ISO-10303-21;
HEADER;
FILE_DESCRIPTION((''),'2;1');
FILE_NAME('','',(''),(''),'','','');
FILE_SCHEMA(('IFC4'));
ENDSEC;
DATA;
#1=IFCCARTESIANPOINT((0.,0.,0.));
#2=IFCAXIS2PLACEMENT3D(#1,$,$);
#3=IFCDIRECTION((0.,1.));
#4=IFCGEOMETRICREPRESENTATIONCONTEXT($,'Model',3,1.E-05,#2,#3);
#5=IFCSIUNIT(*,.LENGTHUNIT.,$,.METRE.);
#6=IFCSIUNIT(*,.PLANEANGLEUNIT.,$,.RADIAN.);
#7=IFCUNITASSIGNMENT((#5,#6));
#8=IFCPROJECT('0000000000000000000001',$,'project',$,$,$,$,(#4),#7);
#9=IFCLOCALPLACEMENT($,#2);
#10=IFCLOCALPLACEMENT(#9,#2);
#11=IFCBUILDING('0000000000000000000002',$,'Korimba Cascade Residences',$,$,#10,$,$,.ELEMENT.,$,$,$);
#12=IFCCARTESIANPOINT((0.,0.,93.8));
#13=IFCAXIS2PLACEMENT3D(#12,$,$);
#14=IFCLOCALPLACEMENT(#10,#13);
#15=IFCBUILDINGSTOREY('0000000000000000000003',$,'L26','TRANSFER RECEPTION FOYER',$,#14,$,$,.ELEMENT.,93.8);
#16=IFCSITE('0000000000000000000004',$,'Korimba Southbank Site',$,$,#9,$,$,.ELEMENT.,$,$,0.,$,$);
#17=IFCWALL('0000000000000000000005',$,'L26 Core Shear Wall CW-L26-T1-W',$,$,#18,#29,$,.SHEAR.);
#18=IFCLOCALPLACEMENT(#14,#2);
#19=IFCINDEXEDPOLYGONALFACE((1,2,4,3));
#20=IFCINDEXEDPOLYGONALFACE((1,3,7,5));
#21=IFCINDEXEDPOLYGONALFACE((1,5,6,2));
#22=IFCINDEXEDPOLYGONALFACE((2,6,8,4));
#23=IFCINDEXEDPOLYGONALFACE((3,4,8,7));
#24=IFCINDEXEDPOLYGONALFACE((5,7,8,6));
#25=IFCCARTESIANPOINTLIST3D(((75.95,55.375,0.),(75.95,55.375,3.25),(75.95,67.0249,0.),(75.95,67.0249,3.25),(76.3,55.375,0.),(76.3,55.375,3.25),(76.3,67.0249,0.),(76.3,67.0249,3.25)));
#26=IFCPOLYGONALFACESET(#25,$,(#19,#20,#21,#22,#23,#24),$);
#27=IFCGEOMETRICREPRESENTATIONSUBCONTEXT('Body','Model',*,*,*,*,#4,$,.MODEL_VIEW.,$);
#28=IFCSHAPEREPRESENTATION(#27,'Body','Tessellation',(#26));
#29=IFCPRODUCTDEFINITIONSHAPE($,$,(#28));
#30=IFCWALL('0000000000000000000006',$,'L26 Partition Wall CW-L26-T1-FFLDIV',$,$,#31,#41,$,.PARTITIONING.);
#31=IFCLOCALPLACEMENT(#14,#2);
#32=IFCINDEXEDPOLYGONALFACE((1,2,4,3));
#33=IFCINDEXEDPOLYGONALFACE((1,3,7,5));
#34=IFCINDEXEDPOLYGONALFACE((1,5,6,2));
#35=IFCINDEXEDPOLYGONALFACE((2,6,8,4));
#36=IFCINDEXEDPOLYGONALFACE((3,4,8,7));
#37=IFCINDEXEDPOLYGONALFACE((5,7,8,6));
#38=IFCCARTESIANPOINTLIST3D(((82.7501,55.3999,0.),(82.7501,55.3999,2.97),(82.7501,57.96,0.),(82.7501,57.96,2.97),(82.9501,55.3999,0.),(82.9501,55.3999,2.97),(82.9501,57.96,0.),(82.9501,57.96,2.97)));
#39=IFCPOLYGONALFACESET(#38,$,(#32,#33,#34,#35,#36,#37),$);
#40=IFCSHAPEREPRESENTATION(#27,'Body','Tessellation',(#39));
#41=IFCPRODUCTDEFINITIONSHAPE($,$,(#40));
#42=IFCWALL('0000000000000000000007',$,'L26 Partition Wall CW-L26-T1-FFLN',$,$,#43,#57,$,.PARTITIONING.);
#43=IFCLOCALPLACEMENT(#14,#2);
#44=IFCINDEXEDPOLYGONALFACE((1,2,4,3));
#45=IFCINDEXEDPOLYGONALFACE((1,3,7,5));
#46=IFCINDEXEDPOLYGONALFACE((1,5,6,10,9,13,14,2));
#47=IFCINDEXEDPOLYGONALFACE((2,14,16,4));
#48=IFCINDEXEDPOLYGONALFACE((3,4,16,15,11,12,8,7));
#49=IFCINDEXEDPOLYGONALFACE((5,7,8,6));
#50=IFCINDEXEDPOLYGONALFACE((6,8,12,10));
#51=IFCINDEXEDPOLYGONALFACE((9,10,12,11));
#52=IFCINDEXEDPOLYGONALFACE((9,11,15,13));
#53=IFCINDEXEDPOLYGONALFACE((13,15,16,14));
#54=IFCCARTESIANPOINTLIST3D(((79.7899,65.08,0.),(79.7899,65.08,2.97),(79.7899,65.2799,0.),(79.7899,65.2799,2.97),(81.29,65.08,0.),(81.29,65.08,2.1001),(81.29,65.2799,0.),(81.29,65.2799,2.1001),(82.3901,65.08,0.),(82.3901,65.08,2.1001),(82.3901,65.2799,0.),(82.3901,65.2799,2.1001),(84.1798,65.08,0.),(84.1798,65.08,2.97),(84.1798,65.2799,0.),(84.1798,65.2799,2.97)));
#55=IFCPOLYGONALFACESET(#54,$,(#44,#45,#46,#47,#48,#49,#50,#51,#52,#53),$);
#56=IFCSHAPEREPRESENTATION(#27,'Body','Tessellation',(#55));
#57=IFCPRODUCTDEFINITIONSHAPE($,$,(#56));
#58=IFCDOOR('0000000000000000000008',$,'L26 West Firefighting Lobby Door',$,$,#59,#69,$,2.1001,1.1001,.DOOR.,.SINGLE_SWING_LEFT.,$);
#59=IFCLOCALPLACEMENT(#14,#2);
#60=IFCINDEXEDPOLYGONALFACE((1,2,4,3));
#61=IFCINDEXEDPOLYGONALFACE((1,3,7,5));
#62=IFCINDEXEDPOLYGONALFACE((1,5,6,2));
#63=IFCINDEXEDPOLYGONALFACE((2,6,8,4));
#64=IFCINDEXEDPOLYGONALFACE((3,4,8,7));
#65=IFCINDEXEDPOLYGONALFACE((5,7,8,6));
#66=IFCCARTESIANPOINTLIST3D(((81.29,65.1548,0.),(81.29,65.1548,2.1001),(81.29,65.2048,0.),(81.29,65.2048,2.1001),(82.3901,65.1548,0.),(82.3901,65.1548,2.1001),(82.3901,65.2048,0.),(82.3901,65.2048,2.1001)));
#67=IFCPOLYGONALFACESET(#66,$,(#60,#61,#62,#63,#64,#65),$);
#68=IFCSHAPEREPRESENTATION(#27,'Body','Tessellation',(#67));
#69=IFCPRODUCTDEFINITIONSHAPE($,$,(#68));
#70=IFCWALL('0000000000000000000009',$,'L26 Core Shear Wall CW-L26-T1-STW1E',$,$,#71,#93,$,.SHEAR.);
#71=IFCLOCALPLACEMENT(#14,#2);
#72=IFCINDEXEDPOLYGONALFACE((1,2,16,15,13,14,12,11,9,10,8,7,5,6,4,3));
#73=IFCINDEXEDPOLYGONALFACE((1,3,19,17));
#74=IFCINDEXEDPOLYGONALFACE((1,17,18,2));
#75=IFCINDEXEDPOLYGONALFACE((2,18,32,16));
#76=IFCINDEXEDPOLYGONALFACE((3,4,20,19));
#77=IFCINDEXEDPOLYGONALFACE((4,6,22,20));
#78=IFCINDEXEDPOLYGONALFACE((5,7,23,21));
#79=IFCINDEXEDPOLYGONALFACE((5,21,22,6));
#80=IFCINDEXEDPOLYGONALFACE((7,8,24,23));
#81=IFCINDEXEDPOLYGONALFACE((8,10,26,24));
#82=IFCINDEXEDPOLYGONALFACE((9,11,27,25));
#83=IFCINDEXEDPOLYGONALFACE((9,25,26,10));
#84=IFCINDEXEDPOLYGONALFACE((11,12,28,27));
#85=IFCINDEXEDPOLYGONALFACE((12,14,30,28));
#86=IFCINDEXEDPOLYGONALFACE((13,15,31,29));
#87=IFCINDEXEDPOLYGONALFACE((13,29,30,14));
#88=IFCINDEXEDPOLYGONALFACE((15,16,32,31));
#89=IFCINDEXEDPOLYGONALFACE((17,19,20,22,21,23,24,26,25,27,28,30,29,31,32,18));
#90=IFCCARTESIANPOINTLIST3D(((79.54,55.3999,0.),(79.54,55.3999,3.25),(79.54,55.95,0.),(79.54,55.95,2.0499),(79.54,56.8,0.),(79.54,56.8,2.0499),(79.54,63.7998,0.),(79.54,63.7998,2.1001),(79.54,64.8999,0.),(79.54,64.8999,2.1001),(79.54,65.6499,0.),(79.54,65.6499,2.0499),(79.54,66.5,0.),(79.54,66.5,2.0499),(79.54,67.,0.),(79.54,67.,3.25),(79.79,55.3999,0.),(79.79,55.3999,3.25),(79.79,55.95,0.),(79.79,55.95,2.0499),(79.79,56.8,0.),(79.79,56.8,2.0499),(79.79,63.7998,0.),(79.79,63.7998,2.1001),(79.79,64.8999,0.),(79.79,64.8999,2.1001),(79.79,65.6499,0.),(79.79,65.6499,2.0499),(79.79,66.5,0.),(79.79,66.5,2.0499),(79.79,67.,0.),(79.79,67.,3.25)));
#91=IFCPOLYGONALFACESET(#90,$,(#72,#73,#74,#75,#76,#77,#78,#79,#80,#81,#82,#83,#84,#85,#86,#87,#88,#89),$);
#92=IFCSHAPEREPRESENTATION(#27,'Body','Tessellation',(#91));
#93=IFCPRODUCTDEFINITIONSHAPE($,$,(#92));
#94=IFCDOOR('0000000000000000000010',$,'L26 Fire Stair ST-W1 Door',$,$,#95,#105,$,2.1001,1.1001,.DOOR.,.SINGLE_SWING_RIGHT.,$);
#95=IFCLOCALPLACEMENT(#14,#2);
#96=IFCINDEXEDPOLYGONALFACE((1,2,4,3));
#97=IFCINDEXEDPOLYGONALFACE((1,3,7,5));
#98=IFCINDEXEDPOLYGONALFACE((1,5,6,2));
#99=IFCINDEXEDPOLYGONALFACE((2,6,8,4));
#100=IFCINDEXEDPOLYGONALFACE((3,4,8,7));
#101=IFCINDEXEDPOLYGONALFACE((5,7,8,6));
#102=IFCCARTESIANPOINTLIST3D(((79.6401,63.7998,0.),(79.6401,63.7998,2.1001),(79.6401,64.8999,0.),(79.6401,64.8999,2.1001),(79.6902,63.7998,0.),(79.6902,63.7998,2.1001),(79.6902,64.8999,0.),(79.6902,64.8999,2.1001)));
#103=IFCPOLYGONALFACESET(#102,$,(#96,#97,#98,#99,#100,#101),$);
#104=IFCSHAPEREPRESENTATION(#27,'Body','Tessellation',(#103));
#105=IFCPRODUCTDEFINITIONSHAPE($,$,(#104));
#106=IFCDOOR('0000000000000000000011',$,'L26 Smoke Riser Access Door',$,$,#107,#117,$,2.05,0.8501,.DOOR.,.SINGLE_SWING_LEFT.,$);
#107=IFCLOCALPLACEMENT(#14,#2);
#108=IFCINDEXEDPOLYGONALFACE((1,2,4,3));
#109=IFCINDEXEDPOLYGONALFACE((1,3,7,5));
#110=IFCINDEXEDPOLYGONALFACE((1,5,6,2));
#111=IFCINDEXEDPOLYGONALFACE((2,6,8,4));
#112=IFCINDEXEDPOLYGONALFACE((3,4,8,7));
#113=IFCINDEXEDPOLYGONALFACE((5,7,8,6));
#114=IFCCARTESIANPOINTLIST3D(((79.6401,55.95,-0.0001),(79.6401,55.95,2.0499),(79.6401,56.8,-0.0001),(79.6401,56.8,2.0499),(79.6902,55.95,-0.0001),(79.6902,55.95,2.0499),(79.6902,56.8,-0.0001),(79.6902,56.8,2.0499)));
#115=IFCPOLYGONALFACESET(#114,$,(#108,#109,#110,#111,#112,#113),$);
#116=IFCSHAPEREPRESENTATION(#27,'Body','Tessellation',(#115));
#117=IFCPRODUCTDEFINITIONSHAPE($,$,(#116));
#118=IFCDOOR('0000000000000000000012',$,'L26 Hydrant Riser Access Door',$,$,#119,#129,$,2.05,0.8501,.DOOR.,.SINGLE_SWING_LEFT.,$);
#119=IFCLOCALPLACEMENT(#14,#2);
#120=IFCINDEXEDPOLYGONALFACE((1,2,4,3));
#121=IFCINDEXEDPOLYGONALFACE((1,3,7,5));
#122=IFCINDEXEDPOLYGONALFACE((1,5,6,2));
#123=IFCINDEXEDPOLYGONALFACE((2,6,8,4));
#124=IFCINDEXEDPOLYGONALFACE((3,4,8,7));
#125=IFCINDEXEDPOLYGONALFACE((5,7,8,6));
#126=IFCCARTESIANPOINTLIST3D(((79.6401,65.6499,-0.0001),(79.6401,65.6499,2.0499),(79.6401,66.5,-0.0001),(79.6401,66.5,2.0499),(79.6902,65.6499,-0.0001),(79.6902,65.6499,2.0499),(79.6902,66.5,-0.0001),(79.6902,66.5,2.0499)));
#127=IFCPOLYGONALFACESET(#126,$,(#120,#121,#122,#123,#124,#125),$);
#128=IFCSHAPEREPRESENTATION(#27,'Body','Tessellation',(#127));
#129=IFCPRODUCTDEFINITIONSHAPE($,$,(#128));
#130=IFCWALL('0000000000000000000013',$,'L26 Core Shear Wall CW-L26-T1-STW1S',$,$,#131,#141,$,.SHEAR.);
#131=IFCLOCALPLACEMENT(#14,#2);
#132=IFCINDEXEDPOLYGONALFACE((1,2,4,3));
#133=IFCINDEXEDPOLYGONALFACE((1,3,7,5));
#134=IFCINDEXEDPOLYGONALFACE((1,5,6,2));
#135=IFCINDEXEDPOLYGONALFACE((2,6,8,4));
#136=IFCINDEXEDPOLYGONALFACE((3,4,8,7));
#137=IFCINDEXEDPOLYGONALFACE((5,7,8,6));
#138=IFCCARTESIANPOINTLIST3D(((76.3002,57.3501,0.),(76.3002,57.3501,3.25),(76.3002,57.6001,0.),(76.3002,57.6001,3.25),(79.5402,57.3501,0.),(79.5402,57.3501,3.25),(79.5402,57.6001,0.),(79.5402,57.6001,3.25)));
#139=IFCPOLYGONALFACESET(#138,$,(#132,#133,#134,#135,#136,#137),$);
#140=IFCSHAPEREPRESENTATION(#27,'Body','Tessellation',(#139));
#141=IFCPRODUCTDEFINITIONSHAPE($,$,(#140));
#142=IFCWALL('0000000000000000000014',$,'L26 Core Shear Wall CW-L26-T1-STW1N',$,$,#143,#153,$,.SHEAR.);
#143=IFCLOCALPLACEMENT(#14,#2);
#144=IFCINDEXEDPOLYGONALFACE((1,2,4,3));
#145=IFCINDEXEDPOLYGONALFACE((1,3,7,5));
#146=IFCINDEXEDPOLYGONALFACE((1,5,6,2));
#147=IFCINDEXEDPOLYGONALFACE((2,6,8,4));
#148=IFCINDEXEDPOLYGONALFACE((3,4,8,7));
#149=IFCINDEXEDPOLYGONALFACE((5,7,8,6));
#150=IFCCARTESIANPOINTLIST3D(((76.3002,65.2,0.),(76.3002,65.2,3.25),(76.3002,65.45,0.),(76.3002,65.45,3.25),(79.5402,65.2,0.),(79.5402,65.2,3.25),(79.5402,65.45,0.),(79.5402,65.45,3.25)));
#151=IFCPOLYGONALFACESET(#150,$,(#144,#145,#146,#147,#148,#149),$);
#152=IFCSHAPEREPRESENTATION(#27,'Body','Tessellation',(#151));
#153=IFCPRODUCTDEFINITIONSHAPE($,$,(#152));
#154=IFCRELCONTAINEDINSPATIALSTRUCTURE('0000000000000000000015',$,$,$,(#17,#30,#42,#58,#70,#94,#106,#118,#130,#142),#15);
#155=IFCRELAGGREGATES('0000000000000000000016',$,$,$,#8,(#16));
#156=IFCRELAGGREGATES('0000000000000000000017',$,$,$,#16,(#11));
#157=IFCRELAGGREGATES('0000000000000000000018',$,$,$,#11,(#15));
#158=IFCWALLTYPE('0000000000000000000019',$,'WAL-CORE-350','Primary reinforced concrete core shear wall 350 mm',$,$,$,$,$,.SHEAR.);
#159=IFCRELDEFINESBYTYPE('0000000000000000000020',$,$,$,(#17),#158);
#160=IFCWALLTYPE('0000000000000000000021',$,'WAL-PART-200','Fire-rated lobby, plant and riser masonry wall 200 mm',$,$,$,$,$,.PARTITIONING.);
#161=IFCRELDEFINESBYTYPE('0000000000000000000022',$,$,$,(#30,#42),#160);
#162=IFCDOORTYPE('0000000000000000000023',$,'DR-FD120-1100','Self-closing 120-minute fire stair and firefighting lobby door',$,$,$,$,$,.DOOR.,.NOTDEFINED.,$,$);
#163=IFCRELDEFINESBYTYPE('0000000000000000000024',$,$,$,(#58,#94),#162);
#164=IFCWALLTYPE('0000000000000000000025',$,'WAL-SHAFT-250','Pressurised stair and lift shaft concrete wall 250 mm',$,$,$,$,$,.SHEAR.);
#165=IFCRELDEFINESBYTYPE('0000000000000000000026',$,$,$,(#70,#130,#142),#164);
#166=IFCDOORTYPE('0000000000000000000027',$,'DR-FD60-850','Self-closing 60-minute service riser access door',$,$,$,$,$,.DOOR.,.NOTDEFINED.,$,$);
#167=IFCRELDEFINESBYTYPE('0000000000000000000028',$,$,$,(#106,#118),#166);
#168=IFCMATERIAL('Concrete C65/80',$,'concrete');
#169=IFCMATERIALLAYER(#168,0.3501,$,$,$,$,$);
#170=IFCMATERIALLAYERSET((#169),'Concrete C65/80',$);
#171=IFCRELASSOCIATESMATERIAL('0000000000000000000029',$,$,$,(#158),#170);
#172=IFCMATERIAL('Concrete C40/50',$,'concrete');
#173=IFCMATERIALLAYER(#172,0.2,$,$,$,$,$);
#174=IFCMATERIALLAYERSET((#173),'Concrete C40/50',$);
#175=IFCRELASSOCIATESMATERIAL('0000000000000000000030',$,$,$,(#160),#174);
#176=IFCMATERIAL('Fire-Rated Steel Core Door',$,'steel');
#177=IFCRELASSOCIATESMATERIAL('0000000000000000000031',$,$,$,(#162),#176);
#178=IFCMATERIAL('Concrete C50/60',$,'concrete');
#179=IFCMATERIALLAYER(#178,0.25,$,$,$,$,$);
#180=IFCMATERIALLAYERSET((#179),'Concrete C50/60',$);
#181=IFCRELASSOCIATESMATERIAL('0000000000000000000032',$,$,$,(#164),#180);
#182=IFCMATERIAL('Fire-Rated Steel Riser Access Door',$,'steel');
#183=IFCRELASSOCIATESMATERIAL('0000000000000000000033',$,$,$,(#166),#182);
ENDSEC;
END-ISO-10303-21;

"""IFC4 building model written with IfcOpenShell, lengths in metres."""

from ifc_helpers import new_model, si_unit, direction, frame, frame_2d, origin, place, context, subcontext, project, spatial, rectangle, extrude, material, layer, layer_set, type_object, element, fill, save


model = new_model("IFC4")

# Units and contexts
model_context = context("Model", 3, precision=1e-05, world=origin(), true_north=direction((0.0, 1.0)))
body_context = subcontext(model_context, "Body", "Model", "MODEL_VIEW")
ifc_project = project(units=[si_unit("LENGTHUNIT", "METRE"), si_unit("PLANEANGLEUNIT", "RADIAN")], contexts=[model_context])

# Site, building, storey
site_placement = place(None, origin())
site = spatial("IfcSite", under=ifc_project, at=site_placement, Name="Korimba Southbank Site", CompositionType="ELEMENT", RefElevation=0.0)
building_placement = place(site_placement, origin())
building = spatial("IfcBuilding", under=site, at=building_placement, Name="Korimba Cascade Residences", CompositionType="ELEMENT")
storey_placement = place(building_placement, frame((0.0, 0.0, 93.8)))
storey = spatial("IfcBuildingStorey", under=building, at=storey_placement, Name="L26", Description="TRANSFER RECEPTION FOYER", CompositionType="ELEMENT", Elevation=93.8)

# Walls
ifc_material_1 = material(Name="Concrete C65/80", Category="concrete")
ifc_layer_1 = layer(ifc_material_1, 0.3501)
ifc_layer_set_1 = layer_set([ifc_layer_1], Name="Concrete C65/80")
wall_type_1 = type_object("IfcWallType", Name="WAL-CORE-350", Description="Primary reinforced concrete core shear wall 350 mm", PredefinedType="SHEAR", material=ifc_layer_set_1)
wall_1_placement = place(storey_placement, frame((76.125, 55.375, 0.0), z_axis=(0.0, 0.0, 1.0), x_axis=(0.0, 1.0, 0.0)))
element("IfcWall", 1, at=wall_1_placement, inside=storey, type_object=wall_type_1, Name="L26 Core Shear Wall CW-L26-T1-W", PredefinedType="SHEAR", context=body_context, shape_type="SweptSolid", body=[
    extrude(rectangle(XDim=11.6499, YDim=0.3501, at=frame_2d((5.825, 0.0))), origin(), (0.0, 0.0, 1.0), 3.25),
])
ifc_material_2 = material(Name="Concrete C40/50", Category="concrete")
ifc_layer_2 = layer(ifc_material_2, 0.2)
ifc_layer_set_2 = layer_set([ifc_layer_2], Name="Concrete C40/50")
wall_type_2 = type_object("IfcWallType", Name="WAL-PART-200", Description="Fire-rated lobby, plant and riser masonry wall 200 mm", PredefinedType="PARTITIONING", material=ifc_layer_set_2)
wall_2_placement = place(storey_placement, frame((82.8501, 55.3999, 0.0), z_axis=(0.0, 0.0, 1.0), x_axis=(0.0, 1.0, 0.0)))
element("IfcWall", 2, at=wall_2_placement, inside=storey, type_object=wall_type_2, Name="L26 Partition Wall CW-L26-T1-FFLDIV", PredefinedType="PARTITIONING", context=body_context, shape_type="SweptSolid", body=[
    extrude(rectangle(XDim=2.5601, YDim=0.2, at=frame_2d((1.28, 0.0))), origin(), (0.0, 0.0, 1.0), 2.97),
])

# Wall, opening, door
wall_3_placement = place(storey_placement, frame((79.79, 65.1799, 0.0), z_axis=(0.0, 0.0, 1.0), x_axis=(1.0, 0.0, 0.0)))
wall_3 = element("IfcWall", 3, at=wall_3_placement, inside=storey, type_object=wall_type_2, Name="L26 Partition Wall CW-L26-T1-FFLN", PredefinedType="PARTITIONING", context=body_context, shape_type="SweptSolid", body=[
    extrude(rectangle(XDim=4.3899, YDim=0.2, at=frame_2d((2.1948, 0.0))), origin(), (0.0, 0.0, 1.0), 2.97),
])
opening_1_placement = place(wall_3_placement, frame((1.5, 0.0, 0.0)))
opening_1 = element("IfcOpeningElement", 4, at=opening_1_placement, cuts=wall_3, PredefinedType="OPENING", context=body_context, shape_type="SweptSolid", body=[
    extrude(rectangle(XDim=1.1001, YDim=2.1001, at=frame_2d((0.55, 1.05))), frame((0.0, 0.1099, 0.0), z_axis=(0.0, -1.0, 0.0), x_axis=(1.0, 0.0, 0.0)), (0.0, 0.0, 1.0), 0.22),
])
ifc_material_3 = material(Name="Fire-Rated Steel Core Door", Category="steel")
door_type_1 = type_object("IfcDoorType", Name="DR-FD120-1100", Description="Self-closing 120-minute fire stair and firefighting lobby door", OperationType="NOTDEFINED", PredefinedType="DOOR", material=ifc_material_3)
door_1_placement = place(opening_1_placement, origin())
door_1 = element("IfcDoor", 5, at=door_1_placement, inside=storey, type_object=door_type_1, Name="L26 West Firefighting Lobby Door", OperationType="SINGLE_SWING_LEFT", OverallHeight=2.1001, OverallWidth=1.1001, PredefinedType="DOOR", context=body_context, shape_type="SweptSolid", body=[
    extrude(rectangle(XDim=1.1001, YDim=2.1001, at=frame_2d((0.55, 1.05))), frame((0.0, 0.0249, 0.0), z_axis=(0.0, -1.0, 0.0), x_axis=(1.0, 0.0, 0.0)), (0.0, 0.0, 1.0), 0.05),
])
fill(opening_1, door_1)

# Wall, openings, doors
ifc_material_4 = material(Name="Concrete C50/60", Category="concrete")
ifc_layer_3 = layer(ifc_material_4, 0.25)
ifc_layer_set_3 = layer_set([ifc_layer_3], Name="Concrete C50/60")
wall_type_3 = type_object("IfcWallType", Name="WAL-SHAFT-250", Description="Pressurised stair and lift shaft concrete wall 250 mm", PredefinedType="SHEAR", material=ifc_layer_set_3)
wall_4_placement = place(storey_placement, frame((79.665, 55.3999, 0.0), z_axis=(0.0, 0.0, 1.0), x_axis=(0.0, 1.0, 0.0)))
wall_4 = element("IfcWall", 6, at=wall_4_placement, inside=storey, type_object=wall_type_3, Name="L26 Core Shear Wall CW-L26-T1-STW1E", PredefinedType="SHEAR", context=body_context, shape_type="SweptSolid", body=[
    extrude(rectangle(XDim=11.6001, YDim=0.25, at=frame_2d((5.8, 0.0))), origin(), (0.0, 0.0, 1.0), 3.25),
])
opening_2_placement = place(wall_4_placement, frame((0.55, 0.0, 0.0)))
opening_2 = element("IfcOpeningElement", 7, at=opening_2_placement, cuts=wall_4, PredefinedType="OPENING", context=body_context, shape_type="SweptSolid", body=[
    extrude(rectangle(XDim=0.8501, YDim=2.05, at=frame_2d((0.425, 1.0249))), frame((0.0, 0.135, 0.0), z_axis=(0.0, -1.0, 0.0), x_axis=(1.0, 0.0, 0.0)), (0.0, 0.0, 1.0), 0.27),
])
opening_3_placement = place(wall_4_placement, frame((8.3999, 0.0, 0.0)))
opening_3 = element("IfcOpeningElement", 8, at=opening_3_placement, cuts=wall_4, PredefinedType="OPENING", context=body_context, shape_type="SweptSolid", body=[
    extrude(rectangle(XDim=1.1001, YDim=2.1001, at=frame_2d((0.55, 1.05))), frame((0.0, 0.135, 0.0), z_axis=(0.0, -1.0, 0.0), x_axis=(1.0, 0.0, 0.0)), (0.0, 0.0, 1.0), 0.27),
])
opening_4_placement = place(wall_4_placement, frame((10.25, 0.0, 0.0)))
opening_4 = element("IfcOpeningElement", 9, at=opening_4_placement, cuts=wall_4, PredefinedType="OPENING", context=body_context, shape_type="SweptSolid", body=[
    extrude(rectangle(XDim=0.8501, YDim=2.05, at=frame_2d((0.425, 1.0249))), frame((0.0, 0.135, 0.0), z_axis=(0.0, -1.0, 0.0), x_axis=(1.0, 0.0, 0.0)), (0.0, 0.0, 1.0), 0.27),
])
door_2_placement = place(opening_3_placement, origin())
door_2 = element("IfcDoor", 10, at=door_2_placement, inside=storey, type_object=door_type_1, Name="L26 Fire Stair ST-W1 Door", OperationType="SINGLE_SWING_RIGHT", OverallHeight=2.1001, OverallWidth=1.1001, PredefinedType="DOOR", context=body_context, shape_type="SweptSolid", body=[
    extrude(rectangle(XDim=1.1001, YDim=2.1001, at=frame_2d((0.55, 1.05))), frame((0.0, 0.0249, 0.0), z_axis=(0.0, -1.0, 0.0), x_axis=(1.0, 0.0, 0.0)), (0.0, 0.0, 1.0), 0.05),
])
fill(opening_3, door_2)
ifc_material_5 = material(Name="Fire-Rated Steel Riser Access Door", Category="steel")
door_type_2 = type_object("IfcDoorType", Name="DR-FD60-850", Description="Self-closing 60-minute service riser access door", OperationType="NOTDEFINED", PredefinedType="DOOR", material=ifc_material_5)
door_3_placement = place(opening_2_placement, origin())
door_3 = element("IfcDoor", 11, at=door_3_placement, inside=storey, type_object=door_type_2, Name="L26 Smoke Riser Access Door", OperationType="SINGLE_SWING_LEFT", OverallHeight=2.05, OverallWidth=0.8501, PredefinedType="DOOR", context=body_context, shape_type="SweptSolid", body=[
    extrude(rectangle(XDim=0.8501, YDim=2.05, at=frame_2d((0.425, 1.0249))), frame((0.0, 0.0249, 0.0), z_axis=(0.0, -1.0, 0.0), x_axis=(1.0, 0.0, 0.0)), (0.0, 0.0, 1.0), 0.05),
])
fill(opening_2, door_3)
door_4_placement = place(opening_4_placement, origin())
door_4 = element("IfcDoor", 12, at=door_4_placement, inside=storey, type_object=door_type_2, Name="L26 Hydrant Riser Access Door", OperationType="SINGLE_SWING_LEFT", OverallHeight=2.05, OverallWidth=0.8501, PredefinedType="DOOR", context=body_context, shape_type="SweptSolid", body=[
    extrude(rectangle(XDim=0.8501, YDim=2.05, at=frame_2d((0.425, 1.0249))), frame((0.0, 0.0249, 0.0), z_axis=(0.0, -1.0, 0.0), x_axis=(1.0, 0.0, 0.0)), (0.0, 0.0, 1.0), 0.05),
])
fill(opening_4, door_4)

# Walls
for number, where, z_axis, x_axis, name in (
    (13, (76.3, 57.4751, 0.0), (0.0, 0.0, 1.0), (1.0, 0.0, 0.0), "L26 Core Shear Wall CW-L26-T1-STW1S"),
    (14, (76.3, 65.325, 0.0), (0.0, 0.0, 1.0), (1.0, 0.0, 0.0), "L26 Core Shear Wall CW-L26-T1-STW1N"),
):
    element("IfcWall", number, at=place(storey_placement, frame(where, z_axis=z_axis, x_axis=x_axis)), inside=storey, type_object=wall_type_3, Name=name, PredefinedType="SHEAR", context=body_context, shape_type="SweptSolid", body=[
        extrude(rectangle(XDim=3.24, YDim=0.25, at=frame_2d((1.6201, 0.0))), origin(), (0.0, 0.0, 1.0), 3.25),
    ])

save(model, "model.ifc")
